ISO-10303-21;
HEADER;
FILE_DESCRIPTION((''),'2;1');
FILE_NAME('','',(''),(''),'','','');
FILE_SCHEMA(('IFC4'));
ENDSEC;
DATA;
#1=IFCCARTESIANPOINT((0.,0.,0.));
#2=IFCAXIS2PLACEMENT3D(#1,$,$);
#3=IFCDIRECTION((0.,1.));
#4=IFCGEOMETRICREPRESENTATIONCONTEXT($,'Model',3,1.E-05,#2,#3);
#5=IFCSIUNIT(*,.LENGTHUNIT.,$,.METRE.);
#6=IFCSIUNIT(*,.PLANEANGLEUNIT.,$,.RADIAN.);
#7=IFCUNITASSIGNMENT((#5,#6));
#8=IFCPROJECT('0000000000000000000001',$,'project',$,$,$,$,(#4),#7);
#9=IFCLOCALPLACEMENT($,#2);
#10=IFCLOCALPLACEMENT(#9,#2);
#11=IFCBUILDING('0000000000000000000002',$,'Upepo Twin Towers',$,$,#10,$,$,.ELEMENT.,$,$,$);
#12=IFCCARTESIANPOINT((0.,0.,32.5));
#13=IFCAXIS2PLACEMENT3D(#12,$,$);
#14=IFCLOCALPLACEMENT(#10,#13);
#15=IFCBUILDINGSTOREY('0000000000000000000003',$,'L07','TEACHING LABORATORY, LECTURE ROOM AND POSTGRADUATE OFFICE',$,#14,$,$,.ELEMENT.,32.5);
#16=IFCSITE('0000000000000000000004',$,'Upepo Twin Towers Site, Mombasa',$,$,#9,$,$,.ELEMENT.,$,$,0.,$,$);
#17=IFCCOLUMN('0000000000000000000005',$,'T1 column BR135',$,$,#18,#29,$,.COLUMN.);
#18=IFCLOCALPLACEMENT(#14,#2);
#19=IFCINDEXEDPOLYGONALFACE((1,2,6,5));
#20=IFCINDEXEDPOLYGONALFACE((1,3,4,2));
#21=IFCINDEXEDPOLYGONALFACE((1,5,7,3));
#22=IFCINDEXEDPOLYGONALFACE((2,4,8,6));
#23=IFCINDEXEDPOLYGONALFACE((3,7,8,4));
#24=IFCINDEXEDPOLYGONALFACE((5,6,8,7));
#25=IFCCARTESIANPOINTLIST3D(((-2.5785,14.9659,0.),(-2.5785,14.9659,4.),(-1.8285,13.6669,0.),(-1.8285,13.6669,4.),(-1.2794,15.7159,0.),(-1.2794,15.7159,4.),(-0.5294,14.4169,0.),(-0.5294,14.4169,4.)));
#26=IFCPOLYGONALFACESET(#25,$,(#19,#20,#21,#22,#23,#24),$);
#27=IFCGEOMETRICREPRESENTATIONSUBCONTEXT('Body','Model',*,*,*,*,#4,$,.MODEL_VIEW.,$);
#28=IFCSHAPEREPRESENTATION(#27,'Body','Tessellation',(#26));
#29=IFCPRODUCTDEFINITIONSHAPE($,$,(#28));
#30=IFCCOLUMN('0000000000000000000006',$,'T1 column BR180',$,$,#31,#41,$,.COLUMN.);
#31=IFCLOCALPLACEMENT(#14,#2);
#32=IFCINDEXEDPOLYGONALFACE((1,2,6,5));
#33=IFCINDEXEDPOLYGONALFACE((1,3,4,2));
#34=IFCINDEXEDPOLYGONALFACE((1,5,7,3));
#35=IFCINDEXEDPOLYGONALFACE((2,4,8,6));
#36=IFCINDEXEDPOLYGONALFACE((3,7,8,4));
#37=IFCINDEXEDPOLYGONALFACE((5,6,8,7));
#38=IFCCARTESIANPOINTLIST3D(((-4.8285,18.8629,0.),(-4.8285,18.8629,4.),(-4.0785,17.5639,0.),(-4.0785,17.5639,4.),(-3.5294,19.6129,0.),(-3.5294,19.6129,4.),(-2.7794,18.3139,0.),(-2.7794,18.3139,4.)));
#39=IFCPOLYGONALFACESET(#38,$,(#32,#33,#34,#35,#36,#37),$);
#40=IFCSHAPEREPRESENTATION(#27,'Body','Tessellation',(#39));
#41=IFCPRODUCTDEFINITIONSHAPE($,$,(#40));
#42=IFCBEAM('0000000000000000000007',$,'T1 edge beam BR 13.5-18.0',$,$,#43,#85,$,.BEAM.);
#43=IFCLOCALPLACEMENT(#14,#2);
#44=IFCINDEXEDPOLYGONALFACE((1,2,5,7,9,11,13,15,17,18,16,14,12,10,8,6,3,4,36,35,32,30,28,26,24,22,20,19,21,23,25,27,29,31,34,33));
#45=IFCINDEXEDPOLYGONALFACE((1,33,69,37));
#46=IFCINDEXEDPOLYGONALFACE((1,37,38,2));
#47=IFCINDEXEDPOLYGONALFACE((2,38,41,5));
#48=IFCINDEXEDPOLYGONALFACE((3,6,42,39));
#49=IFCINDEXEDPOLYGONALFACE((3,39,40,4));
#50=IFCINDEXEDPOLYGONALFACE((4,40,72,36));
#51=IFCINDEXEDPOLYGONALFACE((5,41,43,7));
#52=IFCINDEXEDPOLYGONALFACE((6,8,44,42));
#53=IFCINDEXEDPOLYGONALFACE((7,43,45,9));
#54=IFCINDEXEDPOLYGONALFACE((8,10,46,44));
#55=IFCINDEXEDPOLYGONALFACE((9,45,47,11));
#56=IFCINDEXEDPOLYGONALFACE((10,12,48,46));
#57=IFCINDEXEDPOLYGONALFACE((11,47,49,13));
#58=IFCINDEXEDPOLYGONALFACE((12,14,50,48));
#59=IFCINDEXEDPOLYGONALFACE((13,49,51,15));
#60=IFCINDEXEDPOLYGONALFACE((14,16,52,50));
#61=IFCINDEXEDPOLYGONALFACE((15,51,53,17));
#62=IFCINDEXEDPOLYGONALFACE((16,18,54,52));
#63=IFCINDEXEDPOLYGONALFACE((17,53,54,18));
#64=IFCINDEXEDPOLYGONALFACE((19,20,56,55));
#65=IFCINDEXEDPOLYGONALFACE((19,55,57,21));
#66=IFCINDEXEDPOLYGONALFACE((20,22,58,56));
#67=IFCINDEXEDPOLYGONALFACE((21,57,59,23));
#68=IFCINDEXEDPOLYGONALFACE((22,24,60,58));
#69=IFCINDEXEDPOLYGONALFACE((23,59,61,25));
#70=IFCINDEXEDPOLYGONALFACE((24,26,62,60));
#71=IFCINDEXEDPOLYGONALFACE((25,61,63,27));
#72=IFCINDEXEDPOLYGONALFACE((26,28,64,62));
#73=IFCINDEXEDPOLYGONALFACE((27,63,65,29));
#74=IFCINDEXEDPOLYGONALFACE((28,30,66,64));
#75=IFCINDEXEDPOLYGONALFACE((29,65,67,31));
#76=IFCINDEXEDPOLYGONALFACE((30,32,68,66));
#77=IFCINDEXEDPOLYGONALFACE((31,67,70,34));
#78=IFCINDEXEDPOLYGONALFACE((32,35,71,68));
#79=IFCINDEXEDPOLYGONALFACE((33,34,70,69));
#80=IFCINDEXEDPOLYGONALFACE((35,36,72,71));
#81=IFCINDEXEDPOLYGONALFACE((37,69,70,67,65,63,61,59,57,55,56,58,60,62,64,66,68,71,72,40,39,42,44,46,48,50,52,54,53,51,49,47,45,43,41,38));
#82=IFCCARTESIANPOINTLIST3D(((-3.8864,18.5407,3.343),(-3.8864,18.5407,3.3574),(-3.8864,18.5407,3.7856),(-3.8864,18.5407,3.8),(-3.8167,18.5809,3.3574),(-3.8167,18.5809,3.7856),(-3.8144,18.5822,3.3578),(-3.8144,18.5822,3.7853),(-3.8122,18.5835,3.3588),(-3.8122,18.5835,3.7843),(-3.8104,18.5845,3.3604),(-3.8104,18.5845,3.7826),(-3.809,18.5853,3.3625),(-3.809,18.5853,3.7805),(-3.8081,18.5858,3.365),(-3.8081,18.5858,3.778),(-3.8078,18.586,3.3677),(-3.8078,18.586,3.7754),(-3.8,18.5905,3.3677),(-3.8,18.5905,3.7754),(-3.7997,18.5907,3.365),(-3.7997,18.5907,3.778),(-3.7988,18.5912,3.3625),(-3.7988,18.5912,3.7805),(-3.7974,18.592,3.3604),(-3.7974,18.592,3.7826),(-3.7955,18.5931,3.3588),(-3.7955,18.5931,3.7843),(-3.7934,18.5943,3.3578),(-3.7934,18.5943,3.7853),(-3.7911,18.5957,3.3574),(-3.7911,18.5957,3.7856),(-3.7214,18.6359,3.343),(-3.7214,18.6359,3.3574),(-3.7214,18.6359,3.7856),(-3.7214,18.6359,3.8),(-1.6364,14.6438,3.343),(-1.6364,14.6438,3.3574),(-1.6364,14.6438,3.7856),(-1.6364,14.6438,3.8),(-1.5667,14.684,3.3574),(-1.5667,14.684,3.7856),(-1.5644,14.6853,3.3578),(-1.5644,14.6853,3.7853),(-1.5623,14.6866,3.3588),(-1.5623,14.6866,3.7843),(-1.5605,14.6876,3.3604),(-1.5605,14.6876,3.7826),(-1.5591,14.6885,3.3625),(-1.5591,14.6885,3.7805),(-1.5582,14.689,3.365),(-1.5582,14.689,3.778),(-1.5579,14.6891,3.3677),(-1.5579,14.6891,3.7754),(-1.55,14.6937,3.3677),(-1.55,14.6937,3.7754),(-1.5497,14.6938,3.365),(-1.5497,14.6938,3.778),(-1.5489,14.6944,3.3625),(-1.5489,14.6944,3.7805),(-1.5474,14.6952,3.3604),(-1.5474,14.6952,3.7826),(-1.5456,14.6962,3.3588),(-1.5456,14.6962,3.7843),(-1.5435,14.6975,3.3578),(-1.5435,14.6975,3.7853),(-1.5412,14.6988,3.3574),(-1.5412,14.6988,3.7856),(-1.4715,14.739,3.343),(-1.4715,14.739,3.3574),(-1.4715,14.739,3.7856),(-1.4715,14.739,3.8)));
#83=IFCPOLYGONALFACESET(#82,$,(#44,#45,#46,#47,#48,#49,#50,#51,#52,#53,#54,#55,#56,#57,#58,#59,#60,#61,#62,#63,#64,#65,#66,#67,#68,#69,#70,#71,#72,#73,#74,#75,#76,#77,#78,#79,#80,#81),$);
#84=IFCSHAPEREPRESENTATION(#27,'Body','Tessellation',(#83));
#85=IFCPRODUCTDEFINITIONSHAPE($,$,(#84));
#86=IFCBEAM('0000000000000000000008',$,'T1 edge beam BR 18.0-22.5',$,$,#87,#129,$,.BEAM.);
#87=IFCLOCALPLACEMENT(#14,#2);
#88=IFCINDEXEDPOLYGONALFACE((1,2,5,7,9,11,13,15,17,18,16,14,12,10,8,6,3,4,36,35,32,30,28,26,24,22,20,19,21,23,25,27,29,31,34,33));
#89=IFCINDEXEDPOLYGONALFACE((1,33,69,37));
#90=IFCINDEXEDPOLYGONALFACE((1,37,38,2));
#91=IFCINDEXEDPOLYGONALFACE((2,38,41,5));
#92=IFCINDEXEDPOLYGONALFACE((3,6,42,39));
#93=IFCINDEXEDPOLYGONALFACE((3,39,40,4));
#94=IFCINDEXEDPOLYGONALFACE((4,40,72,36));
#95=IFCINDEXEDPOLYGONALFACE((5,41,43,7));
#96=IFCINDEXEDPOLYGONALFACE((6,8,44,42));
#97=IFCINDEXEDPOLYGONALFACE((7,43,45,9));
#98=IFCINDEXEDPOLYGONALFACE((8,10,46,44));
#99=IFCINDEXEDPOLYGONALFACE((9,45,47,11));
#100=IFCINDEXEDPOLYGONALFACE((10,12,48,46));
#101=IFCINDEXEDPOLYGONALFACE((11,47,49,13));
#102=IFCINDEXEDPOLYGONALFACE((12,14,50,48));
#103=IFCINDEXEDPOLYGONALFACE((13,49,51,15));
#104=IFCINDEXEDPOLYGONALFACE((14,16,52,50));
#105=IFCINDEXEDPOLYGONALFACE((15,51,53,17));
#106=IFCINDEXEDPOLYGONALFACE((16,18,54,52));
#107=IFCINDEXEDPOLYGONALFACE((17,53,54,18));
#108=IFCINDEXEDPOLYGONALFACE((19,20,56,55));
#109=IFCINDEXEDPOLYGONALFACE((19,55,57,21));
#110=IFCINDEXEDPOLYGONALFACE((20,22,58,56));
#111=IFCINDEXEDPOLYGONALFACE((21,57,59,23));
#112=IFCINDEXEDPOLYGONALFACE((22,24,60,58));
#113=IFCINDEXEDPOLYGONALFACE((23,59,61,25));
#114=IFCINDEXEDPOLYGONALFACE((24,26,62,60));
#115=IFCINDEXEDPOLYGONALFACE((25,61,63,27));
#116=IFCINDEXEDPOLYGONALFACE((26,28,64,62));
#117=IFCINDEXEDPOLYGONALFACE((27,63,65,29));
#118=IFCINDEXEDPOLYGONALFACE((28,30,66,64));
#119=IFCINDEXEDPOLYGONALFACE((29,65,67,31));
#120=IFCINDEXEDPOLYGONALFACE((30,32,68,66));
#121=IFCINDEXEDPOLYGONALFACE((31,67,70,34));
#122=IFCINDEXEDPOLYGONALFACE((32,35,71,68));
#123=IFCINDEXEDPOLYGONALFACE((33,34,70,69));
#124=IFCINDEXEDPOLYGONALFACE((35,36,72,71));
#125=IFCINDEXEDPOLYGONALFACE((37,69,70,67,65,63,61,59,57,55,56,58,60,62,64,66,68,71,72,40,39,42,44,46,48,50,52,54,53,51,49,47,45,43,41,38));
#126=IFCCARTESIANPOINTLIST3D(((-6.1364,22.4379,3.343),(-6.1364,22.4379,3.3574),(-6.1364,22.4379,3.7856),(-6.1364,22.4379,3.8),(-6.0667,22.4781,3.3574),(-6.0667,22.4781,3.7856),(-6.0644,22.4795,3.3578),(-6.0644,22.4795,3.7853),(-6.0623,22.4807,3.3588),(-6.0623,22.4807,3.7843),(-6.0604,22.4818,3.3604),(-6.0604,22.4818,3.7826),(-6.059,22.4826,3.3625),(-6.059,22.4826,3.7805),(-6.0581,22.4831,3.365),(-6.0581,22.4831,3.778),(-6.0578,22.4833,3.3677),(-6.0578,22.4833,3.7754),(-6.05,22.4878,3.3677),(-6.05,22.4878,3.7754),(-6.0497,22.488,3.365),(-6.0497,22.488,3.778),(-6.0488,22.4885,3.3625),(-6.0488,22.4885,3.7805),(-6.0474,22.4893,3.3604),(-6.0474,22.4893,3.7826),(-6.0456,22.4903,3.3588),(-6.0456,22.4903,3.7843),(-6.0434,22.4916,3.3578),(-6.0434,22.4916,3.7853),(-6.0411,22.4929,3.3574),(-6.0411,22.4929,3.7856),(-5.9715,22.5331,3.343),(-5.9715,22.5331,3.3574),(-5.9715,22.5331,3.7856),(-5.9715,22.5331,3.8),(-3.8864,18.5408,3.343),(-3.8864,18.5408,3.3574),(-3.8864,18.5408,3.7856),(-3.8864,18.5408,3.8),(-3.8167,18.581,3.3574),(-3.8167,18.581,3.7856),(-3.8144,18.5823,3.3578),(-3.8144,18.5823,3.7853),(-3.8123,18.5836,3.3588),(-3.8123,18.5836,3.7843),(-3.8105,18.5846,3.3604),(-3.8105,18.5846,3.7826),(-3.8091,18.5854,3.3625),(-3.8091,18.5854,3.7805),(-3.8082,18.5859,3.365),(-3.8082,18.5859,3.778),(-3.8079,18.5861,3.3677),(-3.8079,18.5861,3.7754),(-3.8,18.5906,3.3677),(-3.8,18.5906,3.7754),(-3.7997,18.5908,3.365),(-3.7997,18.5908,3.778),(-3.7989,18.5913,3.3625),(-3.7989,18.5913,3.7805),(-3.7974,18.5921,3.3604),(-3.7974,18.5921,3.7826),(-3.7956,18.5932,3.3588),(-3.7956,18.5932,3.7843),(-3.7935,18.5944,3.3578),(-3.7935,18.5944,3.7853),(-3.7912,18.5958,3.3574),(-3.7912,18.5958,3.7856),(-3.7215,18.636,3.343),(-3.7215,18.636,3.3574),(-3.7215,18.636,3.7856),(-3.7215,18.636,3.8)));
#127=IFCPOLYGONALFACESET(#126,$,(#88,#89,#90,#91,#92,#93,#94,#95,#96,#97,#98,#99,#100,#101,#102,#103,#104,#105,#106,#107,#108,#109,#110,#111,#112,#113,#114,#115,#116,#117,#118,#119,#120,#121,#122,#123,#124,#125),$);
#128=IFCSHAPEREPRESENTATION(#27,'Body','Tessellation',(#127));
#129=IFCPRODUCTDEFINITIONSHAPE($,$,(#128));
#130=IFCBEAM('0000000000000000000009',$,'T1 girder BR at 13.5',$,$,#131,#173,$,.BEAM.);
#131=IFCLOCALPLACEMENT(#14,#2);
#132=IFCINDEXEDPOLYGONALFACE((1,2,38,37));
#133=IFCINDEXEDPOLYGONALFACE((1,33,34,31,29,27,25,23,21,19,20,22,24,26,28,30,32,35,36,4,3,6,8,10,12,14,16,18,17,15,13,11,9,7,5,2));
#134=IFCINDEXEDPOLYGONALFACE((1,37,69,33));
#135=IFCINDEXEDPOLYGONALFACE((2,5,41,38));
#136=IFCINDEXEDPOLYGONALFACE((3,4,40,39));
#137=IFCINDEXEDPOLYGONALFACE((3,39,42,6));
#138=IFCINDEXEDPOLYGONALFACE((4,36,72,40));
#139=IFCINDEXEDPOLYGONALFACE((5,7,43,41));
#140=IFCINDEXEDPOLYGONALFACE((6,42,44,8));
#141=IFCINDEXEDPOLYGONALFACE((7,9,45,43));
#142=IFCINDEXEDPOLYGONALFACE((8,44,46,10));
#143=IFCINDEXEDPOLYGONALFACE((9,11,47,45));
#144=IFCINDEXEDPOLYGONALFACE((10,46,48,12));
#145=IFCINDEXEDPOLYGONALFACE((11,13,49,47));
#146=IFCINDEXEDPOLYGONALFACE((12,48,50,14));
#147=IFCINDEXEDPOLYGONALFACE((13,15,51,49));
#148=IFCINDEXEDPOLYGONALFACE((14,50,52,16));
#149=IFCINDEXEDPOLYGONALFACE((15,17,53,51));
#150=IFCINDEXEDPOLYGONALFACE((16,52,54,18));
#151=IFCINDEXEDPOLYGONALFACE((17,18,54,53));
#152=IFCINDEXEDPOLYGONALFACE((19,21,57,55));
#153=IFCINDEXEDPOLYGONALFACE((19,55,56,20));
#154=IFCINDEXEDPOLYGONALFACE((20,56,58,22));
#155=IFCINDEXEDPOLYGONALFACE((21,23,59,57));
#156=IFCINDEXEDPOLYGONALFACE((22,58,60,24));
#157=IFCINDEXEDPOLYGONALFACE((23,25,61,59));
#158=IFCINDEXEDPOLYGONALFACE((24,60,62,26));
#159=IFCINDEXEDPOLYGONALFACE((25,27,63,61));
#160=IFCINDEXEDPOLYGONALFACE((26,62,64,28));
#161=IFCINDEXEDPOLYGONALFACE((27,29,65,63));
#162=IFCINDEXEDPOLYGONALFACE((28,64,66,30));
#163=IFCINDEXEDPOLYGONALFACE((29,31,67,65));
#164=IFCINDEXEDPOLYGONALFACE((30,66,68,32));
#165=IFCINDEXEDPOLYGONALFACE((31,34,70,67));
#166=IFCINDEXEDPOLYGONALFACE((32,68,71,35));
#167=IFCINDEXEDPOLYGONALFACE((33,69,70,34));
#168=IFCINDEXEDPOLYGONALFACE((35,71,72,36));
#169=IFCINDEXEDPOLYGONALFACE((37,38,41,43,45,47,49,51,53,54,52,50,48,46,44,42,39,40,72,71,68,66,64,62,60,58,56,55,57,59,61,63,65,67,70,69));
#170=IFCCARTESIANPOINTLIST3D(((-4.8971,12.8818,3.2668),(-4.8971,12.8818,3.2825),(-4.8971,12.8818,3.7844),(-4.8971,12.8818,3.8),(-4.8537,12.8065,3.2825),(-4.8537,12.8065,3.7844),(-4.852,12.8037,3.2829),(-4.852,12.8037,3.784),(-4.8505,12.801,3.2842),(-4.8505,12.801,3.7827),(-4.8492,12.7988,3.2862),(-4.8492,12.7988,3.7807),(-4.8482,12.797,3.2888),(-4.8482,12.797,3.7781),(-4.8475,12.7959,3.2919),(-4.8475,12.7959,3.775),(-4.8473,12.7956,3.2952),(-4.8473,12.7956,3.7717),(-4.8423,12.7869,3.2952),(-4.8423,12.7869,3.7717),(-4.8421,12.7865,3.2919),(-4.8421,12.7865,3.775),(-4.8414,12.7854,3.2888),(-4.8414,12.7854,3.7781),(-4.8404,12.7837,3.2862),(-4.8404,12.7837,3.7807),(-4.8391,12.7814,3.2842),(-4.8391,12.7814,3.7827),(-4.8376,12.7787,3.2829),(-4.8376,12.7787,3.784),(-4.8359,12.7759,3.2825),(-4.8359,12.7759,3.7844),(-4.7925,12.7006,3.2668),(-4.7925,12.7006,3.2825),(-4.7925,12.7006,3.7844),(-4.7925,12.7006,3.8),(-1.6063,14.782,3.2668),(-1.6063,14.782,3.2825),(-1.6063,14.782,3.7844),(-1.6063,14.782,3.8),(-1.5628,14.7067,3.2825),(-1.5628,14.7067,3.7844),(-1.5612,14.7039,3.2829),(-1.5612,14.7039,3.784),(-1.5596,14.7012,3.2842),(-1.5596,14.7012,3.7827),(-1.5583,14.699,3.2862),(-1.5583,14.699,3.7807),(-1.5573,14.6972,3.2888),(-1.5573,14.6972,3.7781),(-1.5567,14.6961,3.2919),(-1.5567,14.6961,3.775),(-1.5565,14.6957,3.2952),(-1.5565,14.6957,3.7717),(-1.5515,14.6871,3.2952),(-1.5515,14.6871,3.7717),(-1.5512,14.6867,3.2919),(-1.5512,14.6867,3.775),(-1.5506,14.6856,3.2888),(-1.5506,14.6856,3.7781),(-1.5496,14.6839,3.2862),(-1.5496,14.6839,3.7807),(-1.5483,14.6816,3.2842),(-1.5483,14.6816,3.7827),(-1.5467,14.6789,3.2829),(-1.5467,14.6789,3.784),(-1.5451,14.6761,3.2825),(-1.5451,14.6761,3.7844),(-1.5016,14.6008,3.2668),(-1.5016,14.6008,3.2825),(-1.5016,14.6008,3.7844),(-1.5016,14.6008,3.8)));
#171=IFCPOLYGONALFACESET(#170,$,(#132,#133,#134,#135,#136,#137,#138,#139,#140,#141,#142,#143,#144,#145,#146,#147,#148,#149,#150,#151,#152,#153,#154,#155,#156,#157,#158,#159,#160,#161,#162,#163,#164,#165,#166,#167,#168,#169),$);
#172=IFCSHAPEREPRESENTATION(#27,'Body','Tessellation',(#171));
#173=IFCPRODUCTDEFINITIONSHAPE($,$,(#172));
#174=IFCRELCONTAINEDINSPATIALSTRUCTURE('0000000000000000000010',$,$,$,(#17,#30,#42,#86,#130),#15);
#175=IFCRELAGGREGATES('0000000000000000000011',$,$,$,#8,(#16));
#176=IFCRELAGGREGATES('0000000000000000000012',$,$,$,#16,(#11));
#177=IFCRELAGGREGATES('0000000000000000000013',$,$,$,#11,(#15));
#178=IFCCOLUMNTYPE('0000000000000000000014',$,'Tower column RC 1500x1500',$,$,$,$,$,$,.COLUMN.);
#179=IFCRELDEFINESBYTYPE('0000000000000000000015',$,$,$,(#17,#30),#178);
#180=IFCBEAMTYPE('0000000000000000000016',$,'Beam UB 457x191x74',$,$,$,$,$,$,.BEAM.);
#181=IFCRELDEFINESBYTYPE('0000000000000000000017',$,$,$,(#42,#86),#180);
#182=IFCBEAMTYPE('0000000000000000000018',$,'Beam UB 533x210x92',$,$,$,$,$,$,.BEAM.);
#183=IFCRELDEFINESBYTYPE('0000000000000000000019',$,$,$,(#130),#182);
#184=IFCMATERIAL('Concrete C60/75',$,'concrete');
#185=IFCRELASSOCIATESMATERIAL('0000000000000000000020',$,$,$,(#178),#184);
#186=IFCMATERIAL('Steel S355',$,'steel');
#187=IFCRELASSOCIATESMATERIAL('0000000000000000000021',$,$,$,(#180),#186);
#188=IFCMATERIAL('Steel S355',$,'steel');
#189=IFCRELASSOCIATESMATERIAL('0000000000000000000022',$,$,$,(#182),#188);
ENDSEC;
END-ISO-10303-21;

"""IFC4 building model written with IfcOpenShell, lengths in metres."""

from ifc_helpers import new_model, si_unit, direction, frame, origin, origin_2d, place, context, subcontext, project, spatial, rectangle, i_section, extrude, material, material_profile, profile_set, type_object, element, save


model = new_model("IFC4")

# Units and contexts
model_context = context("Model", 3, precision=1e-05, world=origin(), true_north=direction((0.0, 1.0)))
body_context = subcontext(model_context, "Body", "Model", "MODEL_VIEW")
ifc_project = project(units=[si_unit("LENGTHUNIT", "METRE"), si_unit("PLANEANGLEUNIT", "RADIAN")], contexts=[model_context])

# Site, building, storey
site_placement = place(None, origin())
site = spatial("IfcSite", under=ifc_project, at=site_placement, Name="Upepo Twin Towers Site, Mombasa", CompositionType="ELEMENT", RefElevation=0.0)
building_placement = place(site_placement, origin())
building = spatial("IfcBuilding", under=site, at=building_placement, Name="Upepo Twin Towers", CompositionType="ELEMENT")
storey_placement = place(building_placement, frame((0.0, 0.0, 32.5)))
storey = spatial("IfcBuildingStorey", under=building, at=storey_placement, Name="L07", Description="TEACHING LABORATORY, LECTURE ROOM AND POSTGRADUATE OFFICE", CompositionType="ELEMENT", Elevation=32.5)

# Columns
ifc_material_1 = material(Name="Concrete C60/75", Category="concrete")
ifc_material_profile_1 = material_profile(ifc_material_1, rectangle(XDim=1.5, YDim=1.5, at=origin_2d()), Name="RC 1500x1500")
ifc_profile_set_1 = profile_set([ifc_material_profile_1], Name="Concrete C60/75")
column_type = type_object("IfcColumnType", Name="Tower column RC 1500x1500", PredefinedType="COLUMN", material=ifc_profile_set_1)
for number, where, z_axis, x_axis, name in (
    (1, (-1.554, 14.6914, 0.0), (0.0, 0.0, 1.0), (0.866025, 0.5, 0.0), "T1 column BR135"),
    (2, (-3.804, 18.5884, 0.0), (0.0, 0.0, 1.0), (0.866025, 0.5, 0.0), "T1 column BR180"),
):
    element("IfcColumn", number, at=place(storey_placement, frame(where, z_axis=z_axis, x_axis=x_axis)), inside=storey, type_object=column_type, Name=name, PredefinedType="COLUMN", context=body_context, shape_type="SweptSolid", body=[
        extrude(rectangle(XDim=1.5, YDim=1.5, at=origin_2d()), origin(), (0.0, 0.0, 1.0), 4.0),
    ])

# Beams
ifc_material_2 = material(Name="Steel S355", Category="steel")
ifc_material_profile_2 = material_profile(ifc_material_2, i_section(OverallWidth=0.1904, OverallDepth=0.457, WebThickness=0.009, FlangeThickness=0.0144, FilletRadius=0.0103, at=origin_2d()), Name="UB 457x191x74")
ifc_profile_set_2 = profile_set([ifc_material_profile_2], Name="Steel S355")
beam_type_1 = type_object("IfcBeamType", Name="Beam UB 457x191x74", PredefinedType="BEAM", material=ifc_profile_set_2)
beam_1_placement = place(storey_placement, frame((-1.554, 14.6914, 3.5715), z_axis=(-0.500014, 0.866018, 0.0), x_axis=(-0.866018, -0.500014, 0.0)))
element("IfcBeam", 3, at=beam_1_placement, inside=storey, type_object=beam_type_1, Name="T1 edge beam BR 13.5-18.0", PredefinedType="BEAM", context=body_context, shape_type="SweptSolid", body=[
    extrude(i_section(OverallWidth=0.1904, OverallDepth=0.457, WebThickness=0.009, FlangeThickness=0.0144, FilletRadius=0.0103, at=origin_2d()), origin(), (0.0, 0.0, 1.0), 4.4998),
])
beam_2_placement = place(storey_placement, frame((-3.804, 18.5884, 3.5715), z_axis=(-0.49999, 0.866031, 0.0), x_axis=(-0.866031, -0.49999, 0.0)))
element("IfcBeam", 4, at=beam_2_placement, inside=storey, type_object=beam_type_1, Name="T1 edge beam BR 18.0-22.5", PredefinedType="BEAM", context=body_context, shape_type="SweptSolid", body=[
    extrude(i_section(OverallWidth=0.1904, OverallDepth=0.457, WebThickness=0.009, FlangeThickness=0.0144, FilletRadius=0.0103, at=origin_2d()), origin(), (0.0, 0.0, 1.0), 4.5),
])
ifc_material_3 = material(Name="Steel S355", Category="steel")
ifc_material_profile_3 = material_profile(ifc_material_3, i_section(OverallWidth=0.2092, OverallDepth=0.5332, WebThickness=0.01, FlangeThickness=0.0156, FilletRadius=0.0127, at=origin_2d()), Name="UB 533x210x92")
ifc_profile_set_3 = profile_set([ifc_material_profile_3], Name="Steel S355")
beam_type_2 = type_object("IfcBeamType", Name="Beam UB 533x210x92", PredefinedType="BEAM", material=ifc_profile_set_3)
beam_3_placement = place(storey_placement, frame((-1.554, 14.6914, 3.5334), z_axis=(-0.866, -0.500043, 0.0), x_axis=(0.500043, -0.866, 0.0)))
element("IfcBeam", 5, at=beam_3_placement, inside=storey, type_object=beam_type_2, Name="T1 girder BR at 13.5", PredefinedType="BEAM", context=body_context, shape_type="SweptSolid", body=[
    extrude(i_section(OverallWidth=0.2092, OverallDepth=0.5332, WebThickness=0.01, FlangeThickness=0.0156, FilletRadius=0.0127, at=origin_2d()), origin(), (0.0, 0.0, 1.0), 3.8),
])

save(model, "model.ifc")
